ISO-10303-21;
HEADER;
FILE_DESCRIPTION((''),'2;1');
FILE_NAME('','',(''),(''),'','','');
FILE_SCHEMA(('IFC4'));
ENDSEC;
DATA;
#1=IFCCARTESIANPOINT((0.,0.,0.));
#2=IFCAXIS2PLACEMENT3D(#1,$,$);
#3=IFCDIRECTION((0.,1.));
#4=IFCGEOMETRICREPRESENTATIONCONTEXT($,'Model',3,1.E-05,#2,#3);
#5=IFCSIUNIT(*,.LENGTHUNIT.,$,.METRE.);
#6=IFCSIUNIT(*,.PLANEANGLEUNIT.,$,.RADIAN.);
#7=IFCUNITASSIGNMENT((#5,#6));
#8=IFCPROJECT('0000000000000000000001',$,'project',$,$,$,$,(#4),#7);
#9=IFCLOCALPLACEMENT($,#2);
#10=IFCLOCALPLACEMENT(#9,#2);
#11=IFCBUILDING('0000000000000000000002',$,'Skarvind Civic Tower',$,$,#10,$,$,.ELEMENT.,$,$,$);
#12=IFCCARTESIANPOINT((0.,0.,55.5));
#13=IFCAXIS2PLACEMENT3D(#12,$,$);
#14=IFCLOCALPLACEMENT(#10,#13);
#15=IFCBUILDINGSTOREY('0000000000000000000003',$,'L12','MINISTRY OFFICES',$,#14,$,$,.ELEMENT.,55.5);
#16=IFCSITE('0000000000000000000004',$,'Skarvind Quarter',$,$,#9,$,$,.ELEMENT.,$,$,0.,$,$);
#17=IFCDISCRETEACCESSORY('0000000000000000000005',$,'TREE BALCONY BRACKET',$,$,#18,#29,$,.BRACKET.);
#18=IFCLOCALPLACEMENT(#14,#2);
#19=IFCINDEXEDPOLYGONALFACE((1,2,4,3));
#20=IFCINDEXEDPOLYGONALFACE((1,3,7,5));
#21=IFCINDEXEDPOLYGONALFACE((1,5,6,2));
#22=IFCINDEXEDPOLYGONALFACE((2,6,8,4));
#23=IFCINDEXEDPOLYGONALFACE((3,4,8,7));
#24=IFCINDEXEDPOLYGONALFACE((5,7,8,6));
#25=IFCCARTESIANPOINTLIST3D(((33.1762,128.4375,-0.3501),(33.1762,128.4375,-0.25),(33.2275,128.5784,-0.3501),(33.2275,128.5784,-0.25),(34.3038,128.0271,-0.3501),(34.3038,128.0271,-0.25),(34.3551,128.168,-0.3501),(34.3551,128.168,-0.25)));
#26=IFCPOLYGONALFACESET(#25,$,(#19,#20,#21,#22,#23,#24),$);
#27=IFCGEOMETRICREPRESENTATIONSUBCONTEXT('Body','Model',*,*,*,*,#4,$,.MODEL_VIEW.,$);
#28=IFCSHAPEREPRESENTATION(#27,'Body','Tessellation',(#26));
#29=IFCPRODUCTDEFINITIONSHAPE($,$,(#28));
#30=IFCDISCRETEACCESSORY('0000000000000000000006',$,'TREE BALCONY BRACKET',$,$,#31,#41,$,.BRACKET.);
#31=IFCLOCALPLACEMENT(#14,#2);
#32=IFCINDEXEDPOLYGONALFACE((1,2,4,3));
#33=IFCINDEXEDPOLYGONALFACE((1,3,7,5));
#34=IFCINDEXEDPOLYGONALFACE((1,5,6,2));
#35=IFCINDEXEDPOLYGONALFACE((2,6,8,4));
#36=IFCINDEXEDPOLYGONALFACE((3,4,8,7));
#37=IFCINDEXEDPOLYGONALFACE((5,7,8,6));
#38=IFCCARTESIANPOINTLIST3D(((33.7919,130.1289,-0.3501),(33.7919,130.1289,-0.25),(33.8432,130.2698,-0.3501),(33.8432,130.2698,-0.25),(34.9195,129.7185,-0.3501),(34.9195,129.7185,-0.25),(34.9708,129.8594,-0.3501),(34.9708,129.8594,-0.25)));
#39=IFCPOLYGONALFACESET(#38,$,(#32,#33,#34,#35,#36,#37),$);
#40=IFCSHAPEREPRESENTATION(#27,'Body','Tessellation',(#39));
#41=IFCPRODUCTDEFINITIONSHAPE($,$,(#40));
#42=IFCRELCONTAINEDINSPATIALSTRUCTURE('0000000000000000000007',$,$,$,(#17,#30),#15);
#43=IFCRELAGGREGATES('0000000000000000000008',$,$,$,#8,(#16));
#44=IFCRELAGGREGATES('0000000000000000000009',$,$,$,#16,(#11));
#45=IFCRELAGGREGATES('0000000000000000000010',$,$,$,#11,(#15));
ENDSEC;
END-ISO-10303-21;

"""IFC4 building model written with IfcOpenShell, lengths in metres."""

from ifc_helpers import new_model, si_unit, direction, frame, origin, origin_2d, place, context, subcontext, project, spatial, rectangle, extrude, element, save


model = new_model("IFC4")

# Units and contexts
model_context = context("Model", 3, precision=1e-05, world=origin(), true_north=direction((0.0, 1.0)))
body_context = subcontext(model_context, "Body", "Model", "MODEL_VIEW")
ifc_project = project(units=[si_unit("LENGTHUNIT", "METRE"), si_unit("PLANEANGLEUNIT", "RADIAN")], contexts=[model_context])

# Site, building, storey
site_placement = place(None, origin())
site = spatial("IfcSite", under=ifc_project, at=site_placement, Name="Skarvind Quarter", CompositionType="ELEMENT", RefElevation=0.0)
building_placement = place(site_placement, origin())
building = spatial("IfcBuilding", under=site, at=building_placement, Name="Skarvind Civic Tower", CompositionType="ELEMENT")
storey_placement = place(building_placement, frame((0.0, 0.0, 55.5)))
storey = spatial("IfcBuildingStorey", under=building, at=storey_placement, Name="L12", Description="MINISTRY OFFICES", CompositionType="ELEMENT", Elevation=55.5)

# Discrete accessories
for number, where, z_axis, x_axis, name in (
    (1, (33.7656, 128.3027, -0.3501), (0.0, 0.0, 1.0), (0.34202, 0.939693, 0.0), "TREE BALCONY BRACKET"),
    (2, (34.3813, 129.9941, -0.3501), (0.0, 0.0, 1.0), (0.34202, 0.939693, 0.0), "TREE BALCONY BRACKET"),
):
    element("IfcDiscreteAccessory", number, at=place(storey_placement, frame(where, z_axis=z_axis, x_axis=x_axis)), inside=storey, Name=name, PredefinedType="BRACKET", context=body_context, shape_type="SweptSolid", body=[
        extrude(rectangle(XDim=0.1499, YDim=1.2, at=origin_2d()), origin(), (0.0, 0.0, 1.0), 0.1001),
    ])

save(model, "model.ifc")
